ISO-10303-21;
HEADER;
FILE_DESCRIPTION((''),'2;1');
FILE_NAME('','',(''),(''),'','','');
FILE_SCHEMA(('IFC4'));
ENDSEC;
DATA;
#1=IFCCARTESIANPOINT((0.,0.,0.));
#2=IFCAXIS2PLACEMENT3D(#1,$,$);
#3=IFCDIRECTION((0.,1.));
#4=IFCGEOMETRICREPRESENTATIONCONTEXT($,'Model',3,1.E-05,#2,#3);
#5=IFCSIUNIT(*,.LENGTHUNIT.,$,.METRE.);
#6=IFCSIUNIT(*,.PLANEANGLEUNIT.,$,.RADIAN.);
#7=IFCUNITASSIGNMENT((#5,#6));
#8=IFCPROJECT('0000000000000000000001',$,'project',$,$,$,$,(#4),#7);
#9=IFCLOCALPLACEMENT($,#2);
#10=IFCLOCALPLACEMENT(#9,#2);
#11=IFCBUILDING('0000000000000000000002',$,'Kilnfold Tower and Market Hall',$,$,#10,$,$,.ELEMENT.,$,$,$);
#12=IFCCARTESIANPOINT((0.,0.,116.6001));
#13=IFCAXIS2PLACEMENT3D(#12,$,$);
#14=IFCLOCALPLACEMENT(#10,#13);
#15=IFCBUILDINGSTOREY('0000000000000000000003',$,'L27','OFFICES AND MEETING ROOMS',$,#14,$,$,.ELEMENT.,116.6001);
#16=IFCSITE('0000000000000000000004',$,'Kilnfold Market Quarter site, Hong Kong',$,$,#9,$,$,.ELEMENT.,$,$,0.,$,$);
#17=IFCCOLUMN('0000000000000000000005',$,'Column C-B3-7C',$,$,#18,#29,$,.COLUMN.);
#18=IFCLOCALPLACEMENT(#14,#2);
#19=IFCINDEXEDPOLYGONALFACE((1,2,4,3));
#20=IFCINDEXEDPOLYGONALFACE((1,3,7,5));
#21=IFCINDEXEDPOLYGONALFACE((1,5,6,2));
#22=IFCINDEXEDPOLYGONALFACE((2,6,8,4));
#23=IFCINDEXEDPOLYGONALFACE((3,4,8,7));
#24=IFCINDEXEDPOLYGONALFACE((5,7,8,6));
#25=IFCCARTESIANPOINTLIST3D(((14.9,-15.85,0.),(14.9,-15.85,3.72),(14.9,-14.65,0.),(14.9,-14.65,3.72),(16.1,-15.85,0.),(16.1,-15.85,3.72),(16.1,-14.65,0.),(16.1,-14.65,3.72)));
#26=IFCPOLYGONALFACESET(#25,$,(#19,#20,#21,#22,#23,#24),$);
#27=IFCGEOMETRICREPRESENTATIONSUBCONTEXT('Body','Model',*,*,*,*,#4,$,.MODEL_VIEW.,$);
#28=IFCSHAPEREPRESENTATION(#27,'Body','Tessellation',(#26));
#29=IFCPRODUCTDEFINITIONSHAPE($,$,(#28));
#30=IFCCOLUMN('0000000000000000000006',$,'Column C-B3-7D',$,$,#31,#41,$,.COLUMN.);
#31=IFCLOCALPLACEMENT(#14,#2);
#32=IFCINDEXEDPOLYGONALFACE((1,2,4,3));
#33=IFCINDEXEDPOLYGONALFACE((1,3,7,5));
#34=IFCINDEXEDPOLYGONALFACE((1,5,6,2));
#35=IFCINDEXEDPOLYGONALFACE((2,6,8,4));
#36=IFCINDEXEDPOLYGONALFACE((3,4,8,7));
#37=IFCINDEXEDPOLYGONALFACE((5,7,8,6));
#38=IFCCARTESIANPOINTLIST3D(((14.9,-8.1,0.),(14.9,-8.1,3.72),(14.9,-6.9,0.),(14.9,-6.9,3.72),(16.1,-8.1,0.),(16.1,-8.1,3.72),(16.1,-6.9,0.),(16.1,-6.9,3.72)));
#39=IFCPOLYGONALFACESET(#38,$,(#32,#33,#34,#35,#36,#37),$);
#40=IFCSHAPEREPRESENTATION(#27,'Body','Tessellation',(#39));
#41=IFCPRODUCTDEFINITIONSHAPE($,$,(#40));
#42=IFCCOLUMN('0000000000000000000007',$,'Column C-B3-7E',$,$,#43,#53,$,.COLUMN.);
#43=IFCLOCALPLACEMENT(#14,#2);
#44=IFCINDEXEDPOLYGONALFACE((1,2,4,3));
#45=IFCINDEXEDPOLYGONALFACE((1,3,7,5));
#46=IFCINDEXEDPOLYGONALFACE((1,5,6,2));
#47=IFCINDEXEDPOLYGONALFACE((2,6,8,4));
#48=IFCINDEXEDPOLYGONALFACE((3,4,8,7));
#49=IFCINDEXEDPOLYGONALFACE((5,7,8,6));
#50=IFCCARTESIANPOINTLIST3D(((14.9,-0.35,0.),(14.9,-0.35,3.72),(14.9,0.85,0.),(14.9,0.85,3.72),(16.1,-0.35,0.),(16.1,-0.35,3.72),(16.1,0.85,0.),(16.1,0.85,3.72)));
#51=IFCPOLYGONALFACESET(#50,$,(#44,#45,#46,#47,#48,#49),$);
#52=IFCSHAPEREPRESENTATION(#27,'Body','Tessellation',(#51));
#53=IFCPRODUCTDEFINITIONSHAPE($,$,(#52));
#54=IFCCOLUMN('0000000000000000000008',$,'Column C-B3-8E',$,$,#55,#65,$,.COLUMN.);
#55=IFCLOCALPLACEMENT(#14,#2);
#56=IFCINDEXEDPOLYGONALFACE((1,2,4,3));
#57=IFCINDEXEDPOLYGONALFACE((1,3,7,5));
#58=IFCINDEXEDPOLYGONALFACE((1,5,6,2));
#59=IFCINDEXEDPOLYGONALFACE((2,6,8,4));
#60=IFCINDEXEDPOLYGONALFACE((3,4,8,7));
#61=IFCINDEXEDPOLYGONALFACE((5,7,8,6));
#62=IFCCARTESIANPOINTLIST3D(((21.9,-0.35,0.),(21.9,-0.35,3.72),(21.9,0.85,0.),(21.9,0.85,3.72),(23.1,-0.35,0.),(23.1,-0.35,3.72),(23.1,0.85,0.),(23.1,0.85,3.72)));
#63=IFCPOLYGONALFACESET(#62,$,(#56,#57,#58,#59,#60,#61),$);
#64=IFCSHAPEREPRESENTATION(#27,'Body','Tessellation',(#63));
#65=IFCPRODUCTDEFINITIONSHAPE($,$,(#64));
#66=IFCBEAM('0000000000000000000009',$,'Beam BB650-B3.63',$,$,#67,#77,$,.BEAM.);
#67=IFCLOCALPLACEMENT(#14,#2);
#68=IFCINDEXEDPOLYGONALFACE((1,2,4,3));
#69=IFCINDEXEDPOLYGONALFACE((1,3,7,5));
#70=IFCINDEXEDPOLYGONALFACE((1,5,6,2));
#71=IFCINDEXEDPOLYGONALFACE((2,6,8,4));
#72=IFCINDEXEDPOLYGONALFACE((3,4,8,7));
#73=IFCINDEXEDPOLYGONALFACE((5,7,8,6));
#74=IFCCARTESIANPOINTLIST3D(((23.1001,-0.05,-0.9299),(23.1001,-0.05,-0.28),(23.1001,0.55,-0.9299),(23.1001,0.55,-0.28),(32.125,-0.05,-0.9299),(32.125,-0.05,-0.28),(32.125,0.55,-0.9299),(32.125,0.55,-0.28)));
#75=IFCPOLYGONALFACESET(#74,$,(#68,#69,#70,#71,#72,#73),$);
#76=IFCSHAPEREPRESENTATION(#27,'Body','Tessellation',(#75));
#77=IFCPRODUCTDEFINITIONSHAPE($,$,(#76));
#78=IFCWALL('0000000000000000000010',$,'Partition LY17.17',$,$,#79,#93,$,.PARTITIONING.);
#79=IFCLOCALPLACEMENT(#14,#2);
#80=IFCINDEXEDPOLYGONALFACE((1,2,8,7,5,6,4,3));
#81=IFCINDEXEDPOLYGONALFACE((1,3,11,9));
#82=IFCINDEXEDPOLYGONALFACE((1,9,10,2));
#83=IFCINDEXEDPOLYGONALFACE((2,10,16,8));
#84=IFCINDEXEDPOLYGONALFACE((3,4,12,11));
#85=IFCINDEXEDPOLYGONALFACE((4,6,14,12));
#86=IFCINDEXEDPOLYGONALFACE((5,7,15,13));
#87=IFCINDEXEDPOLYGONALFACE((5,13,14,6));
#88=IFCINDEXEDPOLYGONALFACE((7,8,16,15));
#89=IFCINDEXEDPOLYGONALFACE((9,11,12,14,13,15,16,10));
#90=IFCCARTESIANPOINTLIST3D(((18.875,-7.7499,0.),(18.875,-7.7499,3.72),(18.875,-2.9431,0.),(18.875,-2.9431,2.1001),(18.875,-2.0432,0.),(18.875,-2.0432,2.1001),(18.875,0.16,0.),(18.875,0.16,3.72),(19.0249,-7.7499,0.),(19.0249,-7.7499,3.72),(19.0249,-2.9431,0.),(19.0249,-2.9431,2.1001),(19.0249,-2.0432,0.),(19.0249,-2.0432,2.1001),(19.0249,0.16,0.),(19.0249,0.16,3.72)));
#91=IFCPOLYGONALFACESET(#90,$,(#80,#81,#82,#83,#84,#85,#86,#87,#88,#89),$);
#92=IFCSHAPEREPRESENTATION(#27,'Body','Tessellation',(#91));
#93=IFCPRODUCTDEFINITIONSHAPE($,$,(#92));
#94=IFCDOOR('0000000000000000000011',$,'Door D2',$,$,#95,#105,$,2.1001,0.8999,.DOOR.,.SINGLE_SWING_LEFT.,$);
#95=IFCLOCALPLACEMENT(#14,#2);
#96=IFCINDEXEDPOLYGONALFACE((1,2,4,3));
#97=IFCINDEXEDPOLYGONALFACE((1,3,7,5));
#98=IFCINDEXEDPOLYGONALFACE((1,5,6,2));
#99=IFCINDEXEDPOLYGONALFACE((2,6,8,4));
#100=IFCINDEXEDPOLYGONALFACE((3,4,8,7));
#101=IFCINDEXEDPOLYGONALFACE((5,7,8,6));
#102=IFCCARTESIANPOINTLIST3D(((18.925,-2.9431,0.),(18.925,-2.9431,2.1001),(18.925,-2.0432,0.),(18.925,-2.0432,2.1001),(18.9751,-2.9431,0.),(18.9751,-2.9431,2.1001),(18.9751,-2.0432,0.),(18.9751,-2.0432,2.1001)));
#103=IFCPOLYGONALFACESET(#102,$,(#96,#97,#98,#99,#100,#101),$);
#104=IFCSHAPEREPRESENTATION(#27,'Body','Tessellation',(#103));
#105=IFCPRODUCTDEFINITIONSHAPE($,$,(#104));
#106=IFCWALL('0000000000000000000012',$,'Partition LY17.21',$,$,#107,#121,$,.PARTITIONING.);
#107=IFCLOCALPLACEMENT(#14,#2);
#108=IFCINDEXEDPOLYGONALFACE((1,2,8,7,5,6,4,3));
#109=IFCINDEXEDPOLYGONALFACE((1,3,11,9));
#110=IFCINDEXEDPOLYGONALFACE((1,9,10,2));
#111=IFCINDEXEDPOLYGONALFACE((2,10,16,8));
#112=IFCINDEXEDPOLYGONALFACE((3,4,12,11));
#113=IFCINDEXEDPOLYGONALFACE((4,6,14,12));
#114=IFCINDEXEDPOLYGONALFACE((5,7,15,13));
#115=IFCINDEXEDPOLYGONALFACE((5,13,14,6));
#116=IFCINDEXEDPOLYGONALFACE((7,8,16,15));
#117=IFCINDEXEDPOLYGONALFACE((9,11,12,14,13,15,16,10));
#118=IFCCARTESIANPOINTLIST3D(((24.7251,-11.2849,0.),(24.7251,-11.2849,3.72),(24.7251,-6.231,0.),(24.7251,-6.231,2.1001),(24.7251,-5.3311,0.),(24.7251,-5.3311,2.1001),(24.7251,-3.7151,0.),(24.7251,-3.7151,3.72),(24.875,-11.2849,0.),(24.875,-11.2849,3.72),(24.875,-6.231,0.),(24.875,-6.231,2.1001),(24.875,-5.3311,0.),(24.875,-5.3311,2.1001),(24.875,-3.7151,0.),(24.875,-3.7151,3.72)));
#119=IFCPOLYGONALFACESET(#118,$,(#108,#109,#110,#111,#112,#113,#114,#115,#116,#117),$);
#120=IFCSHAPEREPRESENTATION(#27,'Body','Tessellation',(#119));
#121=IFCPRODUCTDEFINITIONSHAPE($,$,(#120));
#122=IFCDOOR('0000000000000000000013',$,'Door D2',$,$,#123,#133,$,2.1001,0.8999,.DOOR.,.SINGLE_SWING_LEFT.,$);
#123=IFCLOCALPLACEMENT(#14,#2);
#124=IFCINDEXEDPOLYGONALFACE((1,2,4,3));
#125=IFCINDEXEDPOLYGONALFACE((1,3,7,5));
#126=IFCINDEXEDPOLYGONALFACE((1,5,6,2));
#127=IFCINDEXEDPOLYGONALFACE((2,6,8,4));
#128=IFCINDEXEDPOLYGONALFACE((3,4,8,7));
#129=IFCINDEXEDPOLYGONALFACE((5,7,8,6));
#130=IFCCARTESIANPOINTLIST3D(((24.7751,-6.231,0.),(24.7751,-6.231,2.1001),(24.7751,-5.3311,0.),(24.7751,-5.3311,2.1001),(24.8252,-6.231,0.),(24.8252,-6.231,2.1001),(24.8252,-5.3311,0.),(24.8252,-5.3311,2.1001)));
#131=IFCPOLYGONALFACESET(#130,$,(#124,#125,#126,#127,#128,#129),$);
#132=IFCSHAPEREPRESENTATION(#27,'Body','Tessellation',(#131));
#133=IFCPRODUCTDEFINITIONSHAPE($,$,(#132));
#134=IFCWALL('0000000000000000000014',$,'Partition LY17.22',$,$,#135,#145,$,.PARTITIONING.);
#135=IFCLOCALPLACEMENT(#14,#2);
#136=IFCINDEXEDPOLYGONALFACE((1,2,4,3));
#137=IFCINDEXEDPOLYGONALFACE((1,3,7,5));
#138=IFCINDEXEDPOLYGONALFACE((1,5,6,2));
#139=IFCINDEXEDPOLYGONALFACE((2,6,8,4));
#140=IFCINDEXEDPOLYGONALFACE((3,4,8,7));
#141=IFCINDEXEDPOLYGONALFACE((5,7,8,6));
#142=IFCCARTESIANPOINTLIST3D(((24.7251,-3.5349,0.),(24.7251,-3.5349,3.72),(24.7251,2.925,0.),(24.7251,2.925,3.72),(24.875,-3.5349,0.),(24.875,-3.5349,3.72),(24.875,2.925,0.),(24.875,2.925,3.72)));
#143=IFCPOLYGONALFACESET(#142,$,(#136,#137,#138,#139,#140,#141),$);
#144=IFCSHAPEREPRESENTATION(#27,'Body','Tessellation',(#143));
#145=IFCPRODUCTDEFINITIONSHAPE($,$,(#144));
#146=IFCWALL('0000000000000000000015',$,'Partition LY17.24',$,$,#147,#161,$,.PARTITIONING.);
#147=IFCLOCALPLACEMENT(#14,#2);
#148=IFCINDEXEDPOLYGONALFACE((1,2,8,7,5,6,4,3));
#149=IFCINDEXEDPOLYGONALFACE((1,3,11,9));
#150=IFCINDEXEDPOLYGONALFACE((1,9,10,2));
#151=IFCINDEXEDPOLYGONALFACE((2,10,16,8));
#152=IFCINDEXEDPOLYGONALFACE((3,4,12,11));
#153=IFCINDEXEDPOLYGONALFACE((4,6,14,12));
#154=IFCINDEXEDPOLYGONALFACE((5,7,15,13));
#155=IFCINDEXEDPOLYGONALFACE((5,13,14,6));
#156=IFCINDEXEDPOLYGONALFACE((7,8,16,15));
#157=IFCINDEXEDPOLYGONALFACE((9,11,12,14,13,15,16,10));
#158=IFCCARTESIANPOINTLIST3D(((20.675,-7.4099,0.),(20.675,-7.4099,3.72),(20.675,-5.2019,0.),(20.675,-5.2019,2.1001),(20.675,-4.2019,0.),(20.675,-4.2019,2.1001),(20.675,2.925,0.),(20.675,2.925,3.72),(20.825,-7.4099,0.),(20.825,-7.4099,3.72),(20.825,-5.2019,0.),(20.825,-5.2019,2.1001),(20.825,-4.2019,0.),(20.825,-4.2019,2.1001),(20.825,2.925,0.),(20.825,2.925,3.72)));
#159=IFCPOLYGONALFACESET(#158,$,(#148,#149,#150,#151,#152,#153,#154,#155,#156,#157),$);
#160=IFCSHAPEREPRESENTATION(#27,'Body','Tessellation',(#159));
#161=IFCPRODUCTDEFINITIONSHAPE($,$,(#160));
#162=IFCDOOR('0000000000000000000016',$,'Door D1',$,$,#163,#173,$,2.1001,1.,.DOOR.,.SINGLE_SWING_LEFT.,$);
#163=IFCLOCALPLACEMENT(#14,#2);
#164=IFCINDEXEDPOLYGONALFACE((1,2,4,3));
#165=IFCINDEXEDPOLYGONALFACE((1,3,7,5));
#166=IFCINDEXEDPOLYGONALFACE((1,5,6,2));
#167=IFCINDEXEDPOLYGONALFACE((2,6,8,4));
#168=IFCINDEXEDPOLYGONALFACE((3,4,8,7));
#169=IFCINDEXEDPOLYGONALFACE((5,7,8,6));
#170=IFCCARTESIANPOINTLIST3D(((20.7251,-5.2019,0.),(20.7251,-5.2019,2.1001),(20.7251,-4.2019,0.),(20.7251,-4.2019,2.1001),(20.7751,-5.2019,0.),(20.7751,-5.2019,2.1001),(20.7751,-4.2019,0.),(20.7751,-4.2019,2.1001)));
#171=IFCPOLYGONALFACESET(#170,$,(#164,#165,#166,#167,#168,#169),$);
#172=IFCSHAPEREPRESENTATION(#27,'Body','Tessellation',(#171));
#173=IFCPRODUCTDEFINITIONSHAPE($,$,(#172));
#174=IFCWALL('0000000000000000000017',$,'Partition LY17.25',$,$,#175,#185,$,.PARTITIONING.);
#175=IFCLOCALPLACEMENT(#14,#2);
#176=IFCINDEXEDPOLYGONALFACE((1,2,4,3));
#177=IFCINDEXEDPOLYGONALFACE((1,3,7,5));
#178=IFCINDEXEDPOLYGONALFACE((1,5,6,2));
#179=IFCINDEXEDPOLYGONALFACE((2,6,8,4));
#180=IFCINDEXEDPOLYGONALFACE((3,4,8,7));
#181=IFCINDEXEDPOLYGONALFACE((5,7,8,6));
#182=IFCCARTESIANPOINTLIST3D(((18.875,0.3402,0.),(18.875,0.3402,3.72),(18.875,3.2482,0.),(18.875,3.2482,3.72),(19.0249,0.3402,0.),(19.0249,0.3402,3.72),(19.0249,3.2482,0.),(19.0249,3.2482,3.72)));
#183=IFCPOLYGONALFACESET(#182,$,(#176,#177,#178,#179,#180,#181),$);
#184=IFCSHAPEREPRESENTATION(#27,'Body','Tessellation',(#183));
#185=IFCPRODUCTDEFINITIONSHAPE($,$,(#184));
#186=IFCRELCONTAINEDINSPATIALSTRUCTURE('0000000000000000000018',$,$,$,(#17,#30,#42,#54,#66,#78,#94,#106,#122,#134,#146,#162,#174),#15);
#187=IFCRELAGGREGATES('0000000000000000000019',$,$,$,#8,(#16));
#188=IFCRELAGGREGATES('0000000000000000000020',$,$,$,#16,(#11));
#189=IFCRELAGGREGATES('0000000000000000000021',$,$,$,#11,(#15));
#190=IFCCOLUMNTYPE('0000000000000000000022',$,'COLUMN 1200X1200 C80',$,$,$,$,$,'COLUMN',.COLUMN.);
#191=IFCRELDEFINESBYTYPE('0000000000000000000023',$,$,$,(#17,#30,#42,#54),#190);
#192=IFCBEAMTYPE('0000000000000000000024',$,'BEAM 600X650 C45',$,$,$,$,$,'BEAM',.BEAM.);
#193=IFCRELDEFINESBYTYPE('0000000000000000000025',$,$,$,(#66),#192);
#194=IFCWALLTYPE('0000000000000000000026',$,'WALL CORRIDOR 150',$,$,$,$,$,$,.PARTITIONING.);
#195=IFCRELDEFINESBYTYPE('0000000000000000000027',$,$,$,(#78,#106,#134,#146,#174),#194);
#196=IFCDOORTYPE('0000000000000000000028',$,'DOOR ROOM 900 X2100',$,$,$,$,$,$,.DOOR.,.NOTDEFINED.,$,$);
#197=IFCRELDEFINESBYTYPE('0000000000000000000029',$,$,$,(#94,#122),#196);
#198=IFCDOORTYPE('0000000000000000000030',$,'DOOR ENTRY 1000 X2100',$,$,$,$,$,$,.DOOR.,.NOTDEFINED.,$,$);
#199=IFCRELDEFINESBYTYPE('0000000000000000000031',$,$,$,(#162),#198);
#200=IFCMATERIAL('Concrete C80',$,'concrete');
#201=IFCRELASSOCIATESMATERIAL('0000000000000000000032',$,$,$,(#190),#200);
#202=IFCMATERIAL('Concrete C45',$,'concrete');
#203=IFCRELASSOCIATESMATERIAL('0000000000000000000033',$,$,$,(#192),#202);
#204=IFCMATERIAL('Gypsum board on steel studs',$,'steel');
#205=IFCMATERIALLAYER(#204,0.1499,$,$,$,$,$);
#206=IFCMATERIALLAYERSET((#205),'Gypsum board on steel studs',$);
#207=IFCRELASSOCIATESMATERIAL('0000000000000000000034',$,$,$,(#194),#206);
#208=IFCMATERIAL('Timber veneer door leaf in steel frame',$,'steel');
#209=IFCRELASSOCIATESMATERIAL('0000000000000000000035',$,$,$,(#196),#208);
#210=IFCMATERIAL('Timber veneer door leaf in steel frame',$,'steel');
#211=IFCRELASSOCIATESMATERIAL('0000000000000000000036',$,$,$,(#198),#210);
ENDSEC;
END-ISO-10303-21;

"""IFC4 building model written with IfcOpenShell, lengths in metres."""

from ifc_helpers import new_model, si_unit, direction, frame, frame_2d, origin, origin_2d, place, context, subcontext, project, spatial, rectangle, extrude, source, transform, mapped, material, layer, layer_set, material_profile, profile_set, type_object, element, fill, save


model = new_model("IFC4")

# Units and contexts
model_context = context("Model", 3, precision=1e-05, world=origin(), true_north=direction((0.0, 1.0)))
body_context = subcontext(model_context, "Body", "Model", "MODEL_VIEW")
ifc_project = project(units=[si_unit("LENGTHUNIT", "METRE"), si_unit("PLANEANGLEUNIT", "RADIAN")], contexts=[model_context])

# Site, building, storey
site_placement = place(None, origin())
site = spatial("IfcSite", under=ifc_project, at=site_placement, Name="Kilnfold Market Quarter site, Hong Kong", CompositionType="ELEMENT", RefElevation=0.0)
building_placement = place(site_placement, origin())
building = spatial("IfcBuilding", under=site, at=building_placement, Name="Kilnfold Tower and Market Hall", CompositionType="ELEMENT")
storey_placement = place(building_placement, frame((0.0, 0.0, 116.6001)))
storey = spatial("IfcBuildingStorey", under=building, at=storey_placement, Name="L27", Description="OFFICES AND MEETING ROOMS", CompositionType="ELEMENT", Elevation=116.6001)

# Columns
ifc_material_1 = material(Name="Concrete C80", Category="concrete")
ifc_material_profile_1 = material_profile(ifc_material_1, rectangle(XDim=1.2, YDim=1.2, at=origin_2d()), Name="RC 1200x1200")
ifc_profile_set_1 = profile_set([ifc_material_profile_1], Name="Concrete C80")
column_type = type_object("IfcColumnType", Name="COLUMN 1200X1200 C80", ElementType="COLUMN", PredefinedType="COLUMN", material=ifc_profile_set_1)
shared_shape_1 = source(origin(), body_context, "Body", "SweptSolid", [
    extrude(rectangle(XDim=1.2, YDim=1.2, at=origin_2d()), origin(), (0.0, 0.0, 1.0), 3.72),
])
for number, where, z_axis, x_axis, name in (
    (1, (15.5, -15.25, 0.0), (0.0, 0.0, 1.0), (1.0, 0.0, 0.0), "Column C-B3-7C"),
    (2, (15.5, -7.5, 0.0), (0.0, 0.0, 1.0), (1.0, 0.0, 0.0), "Column C-B3-7D"),
    (3, (15.5, 0.25, 0.0), (0.0, 0.0, 1.0), (1.0, 0.0, 0.0), "Column C-B3-7E"),
    (4, (22.5, 0.25, 0.0), (0.0, 0.0, 1.0), (1.0, 0.0, 0.0), "Column C-B3-8E"),
):
    element("IfcColumn", number, at=place(storey_placement, frame(where, z_axis=z_axis, x_axis=x_axis)), inside=storey, type_object=column_type, Name=name, PredefinedType="COLUMN", context=body_context, shape_type="MappedRepresentation", body=[
        mapped(shared_shape_1, transform((0.0, 0.0, 0.0))),
    ])

# Beam
ifc_material_2 = material(Name="Concrete C45", Category="concrete")
ifc_material_profile_2 = material_profile(ifc_material_2, rectangle(XDim=0.6001, YDim=0.6499, at=origin_2d()), Name="RC 600x650")
ifc_profile_set_2 = profile_set([ifc_material_profile_2], Name="Concrete C45")
beam_type = type_object("IfcBeamType", Name="BEAM 600X650 C45", ElementType="BEAM", PredefinedType="BEAM", material=ifc_profile_set_2)
shared_shape_2 = source(origin(), body_context, "Body", "SweptSolid", [
    extrude(rectangle(XDim=0.6001, YDim=0.6499, at=origin_2d()), origin(), (0.0, 0.0, 1.0), 9.0249),
])
beam_placement = place(storey_placement, frame((23.1001, 0.25, -0.605), z_axis=(1.0, 0.0, 0.0), x_axis=(0.0, 1.0, 0.0)))
element("IfcBeam", 5, at=beam_placement, inside=storey, type_object=beam_type, Name="Beam BB650-B3.63", PredefinedType="BEAM", context=body_context, shape_type="MappedRepresentation", body=[
    mapped(shared_shape_2, transform((0.0, 0.0, 0.0))),
])

# Walls, openings, doors
ifc_material_3 = material(Name="Gypsum board on steel studs", Category="steel")
ifc_layer_1 = layer(ifc_material_3, 0.1499)
ifc_layer_set_1 = layer_set([ifc_layer_1], Name="Gypsum board on steel studs")
wall_type_1 = type_object("IfcWallType", Name="WALL CORRIDOR 150", PredefinedType="PARTITIONING", material=ifc_layer_set_1)
wall_1_placement = place(storey_placement, frame((18.95, -7.75, 0.0), z_axis=(0.0, 0.0, 1.0), x_axis=(0.0, 1.0, 0.0)))
wall_1 = element("IfcWall", 6, at=wall_1_placement, inside=storey, type_object=wall_type_1, Name="Partition LY17.17", PredefinedType="PARTITIONING", context=body_context, shape_type="SweptSolid", body=[
    extrude(rectangle(XDim=7.9099, YDim=0.1499, at=frame_2d((3.9551, 0.0))), origin(), (0.0, 0.0, 1.0), 3.72),
])
opening_1_placement = place(wall_1_placement, frame((4.8069, 0.0, 0.0)))
opening_1 = element("IfcOpeningElement", 7, at=opening_1_placement, cuts=wall_1, PredefinedType="OPENING", context=body_context, shape_type="SweptSolid", body=[
    extrude(rectangle(XDim=0.8999, YDim=2.1001, at=frame_2d((0.45, 1.05))), frame((0.0, 0.085, 0.0), z_axis=(0.0, -1.0, 0.0), x_axis=(1.0, 0.0, 0.0)), (0.0, 0.0, 1.0), 0.1699),
])
ifc_material_4 = material(Name="Timber veneer door leaf in steel frame", Category="steel")
door_type_1 = type_object("IfcDoorType", Name="DOOR ROOM 900 X2100", OperationType="NOTDEFINED", PredefinedType="DOOR", material=ifc_material_4)
door_1_placement = place(opening_1_placement, origin())
door_1 = element("IfcDoor", 8, at=door_1_placement, inside=storey, type_object=door_type_1, Name="Door D2", OperationType="SINGLE_SWING_LEFT", OverallHeight=2.1001, OverallWidth=0.8999, PredefinedType="DOOR", context=body_context, shape_type="SweptSolid", body=[
    extrude(rectangle(XDim=0.8999, YDim=2.1001, at=frame_2d((0.45, 1.05))), frame((0.0, 0.0249, 0.0), z_axis=(0.0, -1.0, 0.0), x_axis=(1.0, 0.0, 0.0)), (0.0, 0.0, 1.0), 0.05),
])
fill(opening_1, door_1)
wall_2_placement = place(storey_placement, frame((24.8, -11.2849, 0.0), z_axis=(0.0, 0.0, 1.0), x_axis=(0.0, 1.0, 0.0)))
wall_2 = element("IfcWall", 9, at=wall_2_placement, inside=storey, type_object=wall_type_1, Name="Partition LY17.21", PredefinedType="PARTITIONING", context=body_context, shape_type="SweptSolid", body=[
    extrude(rectangle(XDim=7.5698, YDim=0.1499, at=frame_2d((3.7849, 0.0))), origin(), (0.0, 0.0, 1.0), 3.72),
])
opening_2_placement = place(wall_2_placement, frame((5.054, 0.0, 0.0)))
opening_2 = element("IfcOpeningElement", 10, at=opening_2_placement, cuts=wall_2, PredefinedType="OPENING", context=body_context, shape_type="SweptSolid", body=[
    extrude(rectangle(XDim=0.8999, YDim=2.1001, at=frame_2d((0.45, 1.05))), frame((0.0, 0.085, 0.0), z_axis=(0.0, -1.0, 0.0), x_axis=(1.0, 0.0, 0.0)), (0.0, 0.0, 1.0), 0.1699),
])
door_2_placement = place(opening_2_placement, origin())
door_2 = element("IfcDoor", 11, at=door_2_placement, inside=storey, type_object=door_type_1, Name="Door D2", OperationType="SINGLE_SWING_LEFT", OverallHeight=2.1001, OverallWidth=0.8999, PredefinedType="DOOR", context=body_context, shape_type="SweptSolid", body=[
    extrude(rectangle(XDim=0.8999, YDim=2.1001, at=frame_2d((0.45, 1.05))), frame((0.0, 0.0249, 0.0), z_axis=(0.0, -1.0, 0.0), x_axis=(1.0, 0.0, 0.0)), (0.0, 0.0, 1.0), 0.05),
])
fill(opening_2, door_2)

# Wall
wall_3_placement = place(storey_placement, frame((24.8, -3.5349, 0.0), z_axis=(0.0, 0.0, 1.0), x_axis=(0.0, 1.0, 0.0)))
element("IfcWall", 12, at=wall_3_placement, inside=storey, type_object=wall_type_1, Name="Partition LY17.22", PredefinedType="PARTITIONING", context=body_context, shape_type="SweptSolid", body=[
    extrude(rectangle(XDim=6.46, YDim=0.1499, at=frame_2d((3.23, 0.0))), origin(), (0.0, 0.0, 1.0), 3.72),
])

# Wall, opening, door
wall_4_placement = place(storey_placement, frame((20.75, -7.4099, 0.0), z_axis=(0.0, 0.0, 1.0), x_axis=(0.0, 1.0, 0.0)))
wall_4 = element("IfcWall", 13, at=wall_4_placement, inside=storey, type_object=wall_type_1, Name="Partition LY17.24", PredefinedType="PARTITIONING", context=body_context, shape_type="SweptSolid", body=[
    extrude(rectangle(XDim=10.335, YDim=0.1499, at=frame_2d((5.1675, 0.0))), origin(), (0.0, 0.0, 1.0), 3.72),
])
opening_3_placement = place(wall_4_placement, frame((2.208, 0.0, 0.0)))
opening_3 = element("IfcOpeningElement", 14, at=opening_3_placement, cuts=wall_4, PredefinedType="OPENING", context=body_context, shape_type="SweptSolid", body=[
    extrude(rectangle(XDim=1.0, YDim=2.1001, at=frame_2d((0.5, 1.05))), frame((0.0, 0.085, 0.0), z_axis=(0.0, -1.0, 0.0), x_axis=(1.0, 0.0, 0.0)), (0.0, 0.0, 1.0), 0.1699),
])
ifc_material_5 = material(Name="Timber veneer door leaf in steel frame", Category="steel")
door_type_2 = type_object("IfcDoorType", Name="DOOR ENTRY 1000 X2100", OperationType="NOTDEFINED", PredefinedType="DOOR", material=ifc_material_5)
door_3_placement = place(opening_3_placement, origin())
door_3 = element("IfcDoor", 15, at=door_3_placement, inside=storey, type_object=door_type_2, Name="Door D1", OperationType="SINGLE_SWING_LEFT", OverallHeight=2.1001, OverallWidth=1.0, PredefinedType="DOOR", context=body_context, shape_type="SweptSolid", body=[
    extrude(rectangle(XDim=1.0, YDim=2.1001, at=frame_2d((0.5, 1.05))), frame((0.0, 0.0249, 0.0), z_axis=(0.0, -1.0, 0.0), x_axis=(1.0, 0.0, 0.0)), (0.0, 0.0, 1.0), 0.05),
])
fill(opening_3, door_3)

# Wall
wall_5_placement = place(storey_placement, frame((18.95, 0.3401, 0.0), z_axis=(0.0, 0.0, 1.0), x_axis=(0.0, 1.0, 0.0)))
element("IfcWall", 16, at=wall_5_placement, inside=storey, type_object=wall_type_1, Name="Partition LY17.25", PredefinedType="PARTITIONING", context=body_context, shape_type="SweptSolid", body=[
    extrude(rectangle(XDim=2.908, YDim=0.1499, at=frame_2d((1.4541, 0.0))), origin(), (0.0, 0.0, 1.0), 3.72),
])

save(model, "model.ifc")
